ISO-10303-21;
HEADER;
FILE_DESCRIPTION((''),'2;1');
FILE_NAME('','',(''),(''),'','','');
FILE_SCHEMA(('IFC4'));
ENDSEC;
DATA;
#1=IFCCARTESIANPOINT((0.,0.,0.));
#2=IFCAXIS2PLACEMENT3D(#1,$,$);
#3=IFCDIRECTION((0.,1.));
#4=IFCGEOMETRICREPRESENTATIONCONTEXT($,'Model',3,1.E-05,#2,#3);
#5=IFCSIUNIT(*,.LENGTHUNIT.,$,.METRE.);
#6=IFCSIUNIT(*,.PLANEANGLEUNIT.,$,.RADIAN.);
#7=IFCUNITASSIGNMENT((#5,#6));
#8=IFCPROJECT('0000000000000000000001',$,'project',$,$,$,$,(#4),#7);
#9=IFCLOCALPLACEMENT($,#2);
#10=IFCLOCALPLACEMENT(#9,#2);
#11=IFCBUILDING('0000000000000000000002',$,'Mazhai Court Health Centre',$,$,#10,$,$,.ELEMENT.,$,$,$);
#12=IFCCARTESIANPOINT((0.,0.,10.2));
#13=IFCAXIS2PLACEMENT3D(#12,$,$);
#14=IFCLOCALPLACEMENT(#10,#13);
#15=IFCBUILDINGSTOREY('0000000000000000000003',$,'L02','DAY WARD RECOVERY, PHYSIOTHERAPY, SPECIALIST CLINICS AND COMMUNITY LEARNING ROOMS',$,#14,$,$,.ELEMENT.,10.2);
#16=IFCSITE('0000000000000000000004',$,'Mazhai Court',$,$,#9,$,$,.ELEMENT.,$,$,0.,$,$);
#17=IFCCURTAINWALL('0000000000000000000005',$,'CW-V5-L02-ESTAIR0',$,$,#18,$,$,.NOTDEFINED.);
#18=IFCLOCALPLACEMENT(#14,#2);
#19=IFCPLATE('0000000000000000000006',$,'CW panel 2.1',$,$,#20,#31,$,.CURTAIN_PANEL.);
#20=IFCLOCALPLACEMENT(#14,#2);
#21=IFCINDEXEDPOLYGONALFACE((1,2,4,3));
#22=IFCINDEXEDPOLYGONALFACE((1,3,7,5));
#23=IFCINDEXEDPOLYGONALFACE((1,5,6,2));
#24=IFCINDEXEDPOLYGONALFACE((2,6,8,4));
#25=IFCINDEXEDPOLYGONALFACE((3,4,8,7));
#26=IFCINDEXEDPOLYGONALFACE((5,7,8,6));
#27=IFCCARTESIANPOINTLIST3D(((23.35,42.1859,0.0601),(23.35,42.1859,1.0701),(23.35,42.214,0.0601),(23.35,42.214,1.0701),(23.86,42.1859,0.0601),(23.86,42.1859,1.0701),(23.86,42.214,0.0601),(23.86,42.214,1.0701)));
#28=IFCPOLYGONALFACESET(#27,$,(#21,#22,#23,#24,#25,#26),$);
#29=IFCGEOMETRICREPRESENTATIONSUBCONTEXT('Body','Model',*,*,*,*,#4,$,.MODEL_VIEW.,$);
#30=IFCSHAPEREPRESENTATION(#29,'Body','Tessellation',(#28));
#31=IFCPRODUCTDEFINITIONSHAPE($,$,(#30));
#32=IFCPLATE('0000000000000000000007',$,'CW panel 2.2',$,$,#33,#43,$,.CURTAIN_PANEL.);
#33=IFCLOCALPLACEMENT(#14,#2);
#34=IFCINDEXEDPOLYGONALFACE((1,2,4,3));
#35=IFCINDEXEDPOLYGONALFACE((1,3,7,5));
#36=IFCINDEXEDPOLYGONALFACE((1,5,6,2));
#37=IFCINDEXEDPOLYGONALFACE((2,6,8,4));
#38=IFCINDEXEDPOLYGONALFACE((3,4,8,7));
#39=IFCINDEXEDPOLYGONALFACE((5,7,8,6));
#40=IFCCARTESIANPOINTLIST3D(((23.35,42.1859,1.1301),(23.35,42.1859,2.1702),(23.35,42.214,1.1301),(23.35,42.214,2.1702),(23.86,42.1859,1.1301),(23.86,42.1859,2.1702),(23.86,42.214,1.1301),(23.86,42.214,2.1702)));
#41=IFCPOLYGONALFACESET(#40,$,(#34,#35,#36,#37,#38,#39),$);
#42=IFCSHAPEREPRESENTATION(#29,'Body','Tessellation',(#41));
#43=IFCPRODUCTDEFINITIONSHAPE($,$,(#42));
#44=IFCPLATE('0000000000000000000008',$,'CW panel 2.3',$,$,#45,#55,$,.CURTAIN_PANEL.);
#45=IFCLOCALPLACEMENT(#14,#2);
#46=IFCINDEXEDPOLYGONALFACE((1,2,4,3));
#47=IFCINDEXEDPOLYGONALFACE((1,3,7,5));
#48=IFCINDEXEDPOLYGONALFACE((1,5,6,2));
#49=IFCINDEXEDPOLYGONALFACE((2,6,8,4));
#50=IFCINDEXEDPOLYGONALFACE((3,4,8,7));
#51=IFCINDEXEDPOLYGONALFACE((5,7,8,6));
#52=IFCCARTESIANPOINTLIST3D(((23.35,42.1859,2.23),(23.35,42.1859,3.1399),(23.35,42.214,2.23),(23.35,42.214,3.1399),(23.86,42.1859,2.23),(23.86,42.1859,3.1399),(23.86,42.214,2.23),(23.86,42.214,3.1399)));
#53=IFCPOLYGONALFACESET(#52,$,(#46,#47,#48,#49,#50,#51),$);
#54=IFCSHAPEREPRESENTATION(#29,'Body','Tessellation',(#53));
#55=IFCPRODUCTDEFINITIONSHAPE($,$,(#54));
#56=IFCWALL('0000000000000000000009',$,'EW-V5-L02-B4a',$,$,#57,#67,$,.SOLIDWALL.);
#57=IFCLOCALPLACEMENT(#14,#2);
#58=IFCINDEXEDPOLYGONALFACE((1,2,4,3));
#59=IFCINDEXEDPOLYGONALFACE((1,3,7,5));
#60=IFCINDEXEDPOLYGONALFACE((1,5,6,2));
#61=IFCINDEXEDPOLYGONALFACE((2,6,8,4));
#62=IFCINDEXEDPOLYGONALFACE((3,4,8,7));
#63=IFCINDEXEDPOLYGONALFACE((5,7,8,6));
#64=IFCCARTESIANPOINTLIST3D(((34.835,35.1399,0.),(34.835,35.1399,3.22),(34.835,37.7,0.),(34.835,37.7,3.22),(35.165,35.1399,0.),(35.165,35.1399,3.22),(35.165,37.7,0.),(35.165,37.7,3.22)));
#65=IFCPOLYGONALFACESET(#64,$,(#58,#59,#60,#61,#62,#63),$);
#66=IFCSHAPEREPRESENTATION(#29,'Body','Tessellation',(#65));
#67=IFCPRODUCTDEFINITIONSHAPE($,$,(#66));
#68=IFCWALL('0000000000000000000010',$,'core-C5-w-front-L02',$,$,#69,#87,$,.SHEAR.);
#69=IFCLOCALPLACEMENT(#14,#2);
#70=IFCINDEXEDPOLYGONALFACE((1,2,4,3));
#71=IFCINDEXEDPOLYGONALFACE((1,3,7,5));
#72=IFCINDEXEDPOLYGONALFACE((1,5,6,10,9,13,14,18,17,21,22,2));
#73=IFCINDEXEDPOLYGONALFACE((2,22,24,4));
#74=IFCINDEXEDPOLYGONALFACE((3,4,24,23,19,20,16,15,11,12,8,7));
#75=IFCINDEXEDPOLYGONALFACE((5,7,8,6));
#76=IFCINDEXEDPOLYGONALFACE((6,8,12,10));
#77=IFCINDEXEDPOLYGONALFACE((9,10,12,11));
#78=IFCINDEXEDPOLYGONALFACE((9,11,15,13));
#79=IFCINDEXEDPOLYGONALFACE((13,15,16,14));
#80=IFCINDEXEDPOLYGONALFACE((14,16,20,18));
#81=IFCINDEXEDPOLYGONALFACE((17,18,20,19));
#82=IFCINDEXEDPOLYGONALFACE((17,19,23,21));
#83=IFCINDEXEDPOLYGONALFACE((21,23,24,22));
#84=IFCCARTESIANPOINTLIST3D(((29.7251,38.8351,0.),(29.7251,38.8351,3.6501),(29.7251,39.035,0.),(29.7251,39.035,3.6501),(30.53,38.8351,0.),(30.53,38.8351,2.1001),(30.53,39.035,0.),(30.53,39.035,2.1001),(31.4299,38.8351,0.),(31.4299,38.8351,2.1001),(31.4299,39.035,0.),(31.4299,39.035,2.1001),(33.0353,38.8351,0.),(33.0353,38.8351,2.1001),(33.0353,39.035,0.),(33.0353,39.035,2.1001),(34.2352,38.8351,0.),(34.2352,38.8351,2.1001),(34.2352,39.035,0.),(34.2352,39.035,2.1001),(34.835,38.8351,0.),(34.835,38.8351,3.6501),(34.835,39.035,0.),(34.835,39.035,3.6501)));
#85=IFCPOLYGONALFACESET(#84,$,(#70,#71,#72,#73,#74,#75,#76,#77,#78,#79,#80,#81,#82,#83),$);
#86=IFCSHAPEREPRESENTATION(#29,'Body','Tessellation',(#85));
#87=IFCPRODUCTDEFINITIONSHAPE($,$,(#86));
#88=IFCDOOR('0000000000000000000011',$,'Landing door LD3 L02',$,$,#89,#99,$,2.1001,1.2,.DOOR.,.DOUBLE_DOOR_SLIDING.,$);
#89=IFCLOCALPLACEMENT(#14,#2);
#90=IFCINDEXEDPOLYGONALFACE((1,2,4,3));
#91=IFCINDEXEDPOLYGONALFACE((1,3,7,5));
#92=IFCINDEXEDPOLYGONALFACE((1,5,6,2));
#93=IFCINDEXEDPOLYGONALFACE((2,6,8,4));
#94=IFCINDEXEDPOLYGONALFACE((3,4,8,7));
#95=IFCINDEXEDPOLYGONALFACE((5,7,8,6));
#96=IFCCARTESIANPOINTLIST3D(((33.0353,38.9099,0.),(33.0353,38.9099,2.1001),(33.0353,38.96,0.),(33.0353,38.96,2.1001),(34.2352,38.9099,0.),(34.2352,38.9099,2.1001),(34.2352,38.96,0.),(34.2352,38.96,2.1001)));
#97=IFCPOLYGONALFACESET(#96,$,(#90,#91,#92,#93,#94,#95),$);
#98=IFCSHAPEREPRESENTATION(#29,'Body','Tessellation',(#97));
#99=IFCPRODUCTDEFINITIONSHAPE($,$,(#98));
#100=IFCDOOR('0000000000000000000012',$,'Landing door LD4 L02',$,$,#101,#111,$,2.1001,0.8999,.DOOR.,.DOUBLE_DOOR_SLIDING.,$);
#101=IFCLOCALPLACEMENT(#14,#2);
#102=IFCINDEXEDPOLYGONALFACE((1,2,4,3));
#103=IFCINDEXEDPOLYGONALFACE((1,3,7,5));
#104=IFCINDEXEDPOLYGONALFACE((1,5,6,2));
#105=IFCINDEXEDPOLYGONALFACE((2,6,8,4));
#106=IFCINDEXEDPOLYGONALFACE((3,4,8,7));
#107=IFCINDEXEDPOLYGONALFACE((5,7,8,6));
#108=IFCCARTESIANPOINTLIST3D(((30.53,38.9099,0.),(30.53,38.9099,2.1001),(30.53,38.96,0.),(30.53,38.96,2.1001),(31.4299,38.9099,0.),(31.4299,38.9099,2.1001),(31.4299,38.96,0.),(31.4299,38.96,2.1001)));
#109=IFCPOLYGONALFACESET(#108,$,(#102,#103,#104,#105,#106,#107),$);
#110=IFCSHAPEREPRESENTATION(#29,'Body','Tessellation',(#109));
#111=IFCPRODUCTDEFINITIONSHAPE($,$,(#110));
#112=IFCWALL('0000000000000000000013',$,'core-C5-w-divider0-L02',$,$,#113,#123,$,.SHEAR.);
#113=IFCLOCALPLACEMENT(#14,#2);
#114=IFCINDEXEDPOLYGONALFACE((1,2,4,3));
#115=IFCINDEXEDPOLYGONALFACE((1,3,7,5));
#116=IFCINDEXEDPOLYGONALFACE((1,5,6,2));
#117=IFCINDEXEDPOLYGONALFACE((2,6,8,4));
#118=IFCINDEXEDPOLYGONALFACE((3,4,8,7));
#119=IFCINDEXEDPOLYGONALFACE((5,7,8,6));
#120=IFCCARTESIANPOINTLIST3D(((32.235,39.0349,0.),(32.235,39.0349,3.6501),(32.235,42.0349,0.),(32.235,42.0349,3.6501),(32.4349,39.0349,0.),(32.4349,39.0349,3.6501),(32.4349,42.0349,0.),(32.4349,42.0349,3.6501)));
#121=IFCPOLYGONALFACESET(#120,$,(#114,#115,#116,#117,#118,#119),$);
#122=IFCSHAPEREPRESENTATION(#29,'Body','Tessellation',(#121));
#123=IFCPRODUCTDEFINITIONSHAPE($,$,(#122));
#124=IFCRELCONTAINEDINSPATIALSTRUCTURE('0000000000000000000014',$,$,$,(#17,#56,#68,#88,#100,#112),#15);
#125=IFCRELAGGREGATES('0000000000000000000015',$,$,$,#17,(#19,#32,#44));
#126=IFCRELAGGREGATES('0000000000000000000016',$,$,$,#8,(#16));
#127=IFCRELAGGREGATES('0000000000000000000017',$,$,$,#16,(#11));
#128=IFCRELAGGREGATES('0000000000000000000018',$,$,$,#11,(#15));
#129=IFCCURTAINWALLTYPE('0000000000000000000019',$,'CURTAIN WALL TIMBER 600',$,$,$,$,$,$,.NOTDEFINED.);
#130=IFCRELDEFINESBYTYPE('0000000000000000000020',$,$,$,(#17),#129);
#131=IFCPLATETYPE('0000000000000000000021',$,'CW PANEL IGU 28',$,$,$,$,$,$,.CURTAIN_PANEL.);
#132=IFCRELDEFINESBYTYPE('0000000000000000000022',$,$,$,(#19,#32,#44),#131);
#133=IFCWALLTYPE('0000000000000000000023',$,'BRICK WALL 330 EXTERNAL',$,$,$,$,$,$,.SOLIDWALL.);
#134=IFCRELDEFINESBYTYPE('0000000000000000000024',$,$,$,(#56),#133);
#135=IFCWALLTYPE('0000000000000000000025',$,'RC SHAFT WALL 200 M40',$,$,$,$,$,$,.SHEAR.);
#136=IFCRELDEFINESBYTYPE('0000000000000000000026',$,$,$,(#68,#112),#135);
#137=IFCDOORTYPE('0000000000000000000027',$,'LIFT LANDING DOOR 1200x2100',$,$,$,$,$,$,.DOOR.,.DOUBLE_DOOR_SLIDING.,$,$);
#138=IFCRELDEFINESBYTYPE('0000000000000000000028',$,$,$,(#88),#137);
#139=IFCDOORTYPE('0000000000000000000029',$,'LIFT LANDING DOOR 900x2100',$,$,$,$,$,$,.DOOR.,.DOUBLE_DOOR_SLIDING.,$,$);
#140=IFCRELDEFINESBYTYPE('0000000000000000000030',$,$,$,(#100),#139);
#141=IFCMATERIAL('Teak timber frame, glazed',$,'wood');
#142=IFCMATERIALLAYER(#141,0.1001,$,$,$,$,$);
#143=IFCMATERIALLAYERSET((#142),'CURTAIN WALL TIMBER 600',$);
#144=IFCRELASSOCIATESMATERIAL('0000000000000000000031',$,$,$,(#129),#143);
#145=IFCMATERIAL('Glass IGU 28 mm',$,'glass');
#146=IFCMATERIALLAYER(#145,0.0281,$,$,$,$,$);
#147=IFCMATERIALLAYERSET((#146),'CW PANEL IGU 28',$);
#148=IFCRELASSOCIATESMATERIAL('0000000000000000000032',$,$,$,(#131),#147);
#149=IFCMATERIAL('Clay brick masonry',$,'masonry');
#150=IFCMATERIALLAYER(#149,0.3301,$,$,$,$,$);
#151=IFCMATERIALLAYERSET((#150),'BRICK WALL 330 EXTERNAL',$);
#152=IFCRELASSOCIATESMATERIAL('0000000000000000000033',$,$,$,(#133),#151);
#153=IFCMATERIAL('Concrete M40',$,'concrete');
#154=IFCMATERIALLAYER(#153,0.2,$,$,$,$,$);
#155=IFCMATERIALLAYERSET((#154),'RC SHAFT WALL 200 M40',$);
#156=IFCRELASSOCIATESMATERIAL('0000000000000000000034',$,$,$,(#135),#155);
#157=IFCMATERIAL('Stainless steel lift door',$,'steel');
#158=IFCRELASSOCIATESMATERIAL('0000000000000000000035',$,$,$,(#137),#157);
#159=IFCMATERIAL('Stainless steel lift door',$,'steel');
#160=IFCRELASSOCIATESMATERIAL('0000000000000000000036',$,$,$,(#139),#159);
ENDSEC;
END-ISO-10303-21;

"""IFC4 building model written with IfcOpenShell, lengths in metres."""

from ifc_helpers import new_model, si_unit, direction, frame, frame_2d, origin, origin_2d, place, context, subcontext, project, spatial, rectangle, extrude, material, layer, layer_set, type_object, element, fill, aggregate, save


model = new_model("IFC4")

# Units and contexts
model_context = context("Model", 3, precision=1e-05, world=origin(), true_north=direction((0.0, 1.0)))
body_context = subcontext(model_context, "Body", "Model", "MODEL_VIEW")
ifc_project = project(units=[si_unit("LENGTHUNIT", "METRE"), si_unit("PLANEANGLEUNIT", "RADIAN")], contexts=[model_context])

# Site, building, storey
site_placement = place(None, origin())
site = spatial("IfcSite", under=ifc_project, at=site_placement, Name="Mazhai Court", CompositionType="ELEMENT", RefElevation=0.0)
building_placement = place(site_placement, origin())
building = spatial("IfcBuilding", under=site, at=building_placement, Name="Mazhai Court Health Centre", CompositionType="ELEMENT")
storey_placement = place(building_placement, frame((0.0, 0.0, 10.2)))
storey = spatial("IfcBuildingStorey", under=building, at=storey_placement, Name="L02", Description="DAY WARD RECOVERY, PHYSIOTHERAPY, SPECIALIST CLINICS AND COMMUNITY LEARNING ROOMS", CompositionType="ELEMENT", Elevation=10.2)

# Curtain wall
ifc_material_1 = material(Name="Teak timber frame, glazed", Category="wood")
ifc_layer_1 = layer(ifc_material_1, 0.1001)
ifc_layer_set_1 = layer_set([ifc_layer_1], Name="CURTAIN WALL TIMBER 600")
curtain_wall_type_1 = type_object("IfcCurtainWallType", Name="CURTAIN WALL TIMBER 600", PredefinedType="NOTDEFINED", material=ifc_layer_set_1)
curtain_wall_1_placement = place(storey_placement, origin())
curtain_wall_1 = element("IfcCurtainWall", 1, at=curtain_wall_1_placement, inside=storey, type_object=curtain_wall_type_1, Name="CW-V5-L02-ESTAIR0", PredefinedType="NOTDEFINED")

# Plates
ifc_material_2 = material(Name="Glass IGU 28 mm", Category="glass")
ifc_layer_2 = layer(ifc_material_2, 0.0281)
ifc_layer_set_2 = layer_set([ifc_layer_2], Name="CW PANEL IGU 28")
plate_type = type_object("IfcPlateType", Name="CW PANEL IGU 28", PredefinedType="CURTAIN_PANEL", material=ifc_layer_set_2)
plate_1_placement = place(storey_placement, frame((23.605, 42.2, 0.0601), z_axis=(0.0, 0.0, 1.0), x_axis=(1.0, 0.0, 0.0)))
plate_1 = element("IfcPlate", 2, at=plate_1_placement, type_object=plate_type, Name="CW panel 2.1", PredefinedType="CURTAIN_PANEL", context=body_context, shape_type="SweptSolid", body=[
    extrude(rectangle(XDim=0.51, YDim=0.0281, at=origin_2d()), origin(), (0.0, 0.0, 1.0), 1.01),
])
plate_2_placement = place(storey_placement, frame((23.605, 42.2, 1.1301), z_axis=(0.0, 0.0, 1.0), x_axis=(1.0, 0.0, 0.0)))
plate_2 = element("IfcPlate", 3, at=plate_2_placement, type_object=plate_type, Name="CW panel 2.2", PredefinedType="CURTAIN_PANEL", context=body_context, shape_type="SweptSolid", body=[
    extrude(rectangle(XDim=0.51, YDim=0.0281, at=origin_2d()), origin(), (0.0, 0.0, 1.0), 1.04),
])
plate_3_placement = place(storey_placement, frame((23.605, 42.2, 2.23), z_axis=(0.0, 0.0, 1.0), x_axis=(1.0, 0.0, 0.0)))
plate_3 = element("IfcPlate", 4, at=plate_3_placement, type_object=plate_type, Name="CW panel 2.3", PredefinedType="CURTAIN_PANEL", context=body_context, shape_type="SweptSolid", body=[
    extrude(rectangle(XDim=0.51, YDim=0.0281, at=origin_2d()), origin(), (0.0, 0.0, 1.0), 0.9099),
])
aggregate(curtain_wall_1, [plate_1, plate_2, plate_3])

# Wall
ifc_material_3 = material(Name="Clay brick masonry", Category="masonry")
ifc_layer_3 = layer(ifc_material_3, 0.3301)
ifc_layer_set_3 = layer_set([ifc_layer_3], Name="BRICK WALL 330 EXTERNAL")
wall_type_1 = type_object("IfcWallType", Name="BRICK WALL 330 EXTERNAL", PredefinedType="SOLIDWALL", material=ifc_layer_set_3)
wall_1_placement = place(storey_placement, frame((35.0, 37.7, 0.0), z_axis=(0.0, 0.0, 1.0), x_axis=(0.0, -1.0, 0.0)))
element("IfcWall", 5, at=wall_1_placement, inside=storey, type_object=wall_type_1, Name="EW-V5-L02-B4a", PredefinedType="SOLIDWALL", context=body_context, shape_type="SweptSolid", body=[
    extrude(rectangle(XDim=2.5601, YDim=0.3301, at=frame_2d((1.28, 0.0))), origin(), (0.0, 0.0, 1.0), 3.22),
])

# Wall, openings, doors
ifc_material_4 = material(Name="Concrete M40", Category="concrete")
ifc_layer_4 = layer(ifc_material_4, 0.2)
ifc_layer_set_4 = layer_set([ifc_layer_4], Name="RC SHAFT WALL 200 M40")
wall_type_2 = type_object("IfcWallType", Name="RC SHAFT WALL 200 M40", PredefinedType="SHEAR", material=ifc_layer_set_4)
wall_2_placement = place(storey_placement, frame((29.7251, 38.9351, 0.0), z_axis=(0.0, 0.0, 1.0), x_axis=(1.0, 0.0, 0.0)))
wall_2 = element("IfcWall", 6, at=wall_2_placement, inside=storey, type_object=wall_type_2, Name="core-C5-w-front-L02", PredefinedType="SHEAR", context=body_context, shape_type="SweptSolid", body=[
    extrude(rectangle(XDim=5.1099, YDim=0.2, at=frame_2d((2.5549, 0.0))), origin(), (0.0, 0.0, 1.0), 3.6501),
])
opening_1_placement = place(wall_2_placement, frame((3.3101, 0.0, 0.0)))
opening_1 = element("IfcOpeningElement", 7, at=opening_1_placement, cuts=wall_2, PredefinedType="OPENING", context=body_context, shape_type="SweptSolid", body=[
    extrude(rectangle(XDim=1.2, YDim=2.1001, at=frame_2d((0.6001, 1.05))), frame((0.0, 0.1099, 0.0), z_axis=(0.0, -1.0, 0.0), x_axis=(1.0, 0.0, 0.0)), (0.0, 0.0, 1.0), 0.22),
])
opening_2_placement = place(wall_2_placement, frame((0.8049, 0.0, 0.0)))
opening_2 = element("IfcOpeningElement", 8, at=opening_2_placement, cuts=wall_2, PredefinedType="OPENING", context=body_context, shape_type="SweptSolid", body=[
    extrude(rectangle(XDim=0.8999, YDim=2.1001, at=frame_2d((0.45, 1.05))), frame((0.0, 0.1099, 0.0), z_axis=(0.0, -1.0, 0.0), x_axis=(1.0, 0.0, 0.0)), (0.0, 0.0, 1.0), 0.22),
])
ifc_material_5 = material(Name="Stainless steel lift door", Category="steel")
door_type_1 = type_object("IfcDoorType", Name="LIFT LANDING DOOR 1200x2100", OperationType="DOUBLE_DOOR_SLIDING", PredefinedType="DOOR", material=ifc_material_5)
door_1_placement = place(opening_1_placement, origin())
door_1 = element("IfcDoor", 9, at=door_1_placement, inside=storey, type_object=door_type_1, Name="Landing door LD3 L02", OperationType="DOUBLE_DOOR_SLIDING", OverallHeight=2.1001, OverallWidth=1.2, PredefinedType="DOOR", context=body_context, shape_type="SweptSolid", body=[
    extrude(rectangle(XDim=1.2, YDim=2.1001, at=frame_2d((0.6001, 1.05))), frame((0.0, 0.0249, 0.0), z_axis=(0.0, -1.0, 0.0), x_axis=(1.0, 0.0, 0.0)), (0.0, 0.0, 1.0), 0.05),
])
fill(opening_1, door_1)
ifc_material_6 = material(Name="Stainless steel lift door", Category="steel")
door_type_2 = type_object("IfcDoorType", Name="LIFT LANDING DOOR 900x2100", OperationType="DOUBLE_DOOR_SLIDING", PredefinedType="DOOR", material=ifc_material_6)
door_2_placement = place(opening_2_placement, origin())
door_2 = element("IfcDoor", 10, at=door_2_placement, inside=storey, type_object=door_type_2, Name="Landing door LD4 L02", OperationType="DOUBLE_DOOR_SLIDING", OverallHeight=2.1001, OverallWidth=0.8999, PredefinedType="DOOR", context=body_context, shape_type="SweptSolid", body=[
    extrude(rectangle(XDim=0.8999, YDim=2.1001, at=frame_2d((0.45, 1.05))), frame((0.0, 0.0249, 0.0), z_axis=(0.0, -1.0, 0.0), x_axis=(1.0, 0.0, 0.0)), (0.0, 0.0, 1.0), 0.05),
])
fill(opening_2, door_2)

# Wall
wall_3_placement = place(storey_placement, frame((32.335, 42.0349, 0.0), z_axis=(0.0, 0.0, 1.0), x_axis=(0.0, -1.0, 0.0)))
element("IfcWall", 11, at=wall_3_placement, inside=storey, type_object=wall_type_2, Name="core-C5-w-divider0-L02", PredefinedType="SHEAR", context=body_context, shape_type="SweptSolid", body=[
    extrude(rectangle(XDim=3.0, YDim=0.2, at=frame_2d((1.5, 0.0))), origin(), (0.0, 0.0, 1.0), 3.6501),
])

save(model, "model.ifc")
